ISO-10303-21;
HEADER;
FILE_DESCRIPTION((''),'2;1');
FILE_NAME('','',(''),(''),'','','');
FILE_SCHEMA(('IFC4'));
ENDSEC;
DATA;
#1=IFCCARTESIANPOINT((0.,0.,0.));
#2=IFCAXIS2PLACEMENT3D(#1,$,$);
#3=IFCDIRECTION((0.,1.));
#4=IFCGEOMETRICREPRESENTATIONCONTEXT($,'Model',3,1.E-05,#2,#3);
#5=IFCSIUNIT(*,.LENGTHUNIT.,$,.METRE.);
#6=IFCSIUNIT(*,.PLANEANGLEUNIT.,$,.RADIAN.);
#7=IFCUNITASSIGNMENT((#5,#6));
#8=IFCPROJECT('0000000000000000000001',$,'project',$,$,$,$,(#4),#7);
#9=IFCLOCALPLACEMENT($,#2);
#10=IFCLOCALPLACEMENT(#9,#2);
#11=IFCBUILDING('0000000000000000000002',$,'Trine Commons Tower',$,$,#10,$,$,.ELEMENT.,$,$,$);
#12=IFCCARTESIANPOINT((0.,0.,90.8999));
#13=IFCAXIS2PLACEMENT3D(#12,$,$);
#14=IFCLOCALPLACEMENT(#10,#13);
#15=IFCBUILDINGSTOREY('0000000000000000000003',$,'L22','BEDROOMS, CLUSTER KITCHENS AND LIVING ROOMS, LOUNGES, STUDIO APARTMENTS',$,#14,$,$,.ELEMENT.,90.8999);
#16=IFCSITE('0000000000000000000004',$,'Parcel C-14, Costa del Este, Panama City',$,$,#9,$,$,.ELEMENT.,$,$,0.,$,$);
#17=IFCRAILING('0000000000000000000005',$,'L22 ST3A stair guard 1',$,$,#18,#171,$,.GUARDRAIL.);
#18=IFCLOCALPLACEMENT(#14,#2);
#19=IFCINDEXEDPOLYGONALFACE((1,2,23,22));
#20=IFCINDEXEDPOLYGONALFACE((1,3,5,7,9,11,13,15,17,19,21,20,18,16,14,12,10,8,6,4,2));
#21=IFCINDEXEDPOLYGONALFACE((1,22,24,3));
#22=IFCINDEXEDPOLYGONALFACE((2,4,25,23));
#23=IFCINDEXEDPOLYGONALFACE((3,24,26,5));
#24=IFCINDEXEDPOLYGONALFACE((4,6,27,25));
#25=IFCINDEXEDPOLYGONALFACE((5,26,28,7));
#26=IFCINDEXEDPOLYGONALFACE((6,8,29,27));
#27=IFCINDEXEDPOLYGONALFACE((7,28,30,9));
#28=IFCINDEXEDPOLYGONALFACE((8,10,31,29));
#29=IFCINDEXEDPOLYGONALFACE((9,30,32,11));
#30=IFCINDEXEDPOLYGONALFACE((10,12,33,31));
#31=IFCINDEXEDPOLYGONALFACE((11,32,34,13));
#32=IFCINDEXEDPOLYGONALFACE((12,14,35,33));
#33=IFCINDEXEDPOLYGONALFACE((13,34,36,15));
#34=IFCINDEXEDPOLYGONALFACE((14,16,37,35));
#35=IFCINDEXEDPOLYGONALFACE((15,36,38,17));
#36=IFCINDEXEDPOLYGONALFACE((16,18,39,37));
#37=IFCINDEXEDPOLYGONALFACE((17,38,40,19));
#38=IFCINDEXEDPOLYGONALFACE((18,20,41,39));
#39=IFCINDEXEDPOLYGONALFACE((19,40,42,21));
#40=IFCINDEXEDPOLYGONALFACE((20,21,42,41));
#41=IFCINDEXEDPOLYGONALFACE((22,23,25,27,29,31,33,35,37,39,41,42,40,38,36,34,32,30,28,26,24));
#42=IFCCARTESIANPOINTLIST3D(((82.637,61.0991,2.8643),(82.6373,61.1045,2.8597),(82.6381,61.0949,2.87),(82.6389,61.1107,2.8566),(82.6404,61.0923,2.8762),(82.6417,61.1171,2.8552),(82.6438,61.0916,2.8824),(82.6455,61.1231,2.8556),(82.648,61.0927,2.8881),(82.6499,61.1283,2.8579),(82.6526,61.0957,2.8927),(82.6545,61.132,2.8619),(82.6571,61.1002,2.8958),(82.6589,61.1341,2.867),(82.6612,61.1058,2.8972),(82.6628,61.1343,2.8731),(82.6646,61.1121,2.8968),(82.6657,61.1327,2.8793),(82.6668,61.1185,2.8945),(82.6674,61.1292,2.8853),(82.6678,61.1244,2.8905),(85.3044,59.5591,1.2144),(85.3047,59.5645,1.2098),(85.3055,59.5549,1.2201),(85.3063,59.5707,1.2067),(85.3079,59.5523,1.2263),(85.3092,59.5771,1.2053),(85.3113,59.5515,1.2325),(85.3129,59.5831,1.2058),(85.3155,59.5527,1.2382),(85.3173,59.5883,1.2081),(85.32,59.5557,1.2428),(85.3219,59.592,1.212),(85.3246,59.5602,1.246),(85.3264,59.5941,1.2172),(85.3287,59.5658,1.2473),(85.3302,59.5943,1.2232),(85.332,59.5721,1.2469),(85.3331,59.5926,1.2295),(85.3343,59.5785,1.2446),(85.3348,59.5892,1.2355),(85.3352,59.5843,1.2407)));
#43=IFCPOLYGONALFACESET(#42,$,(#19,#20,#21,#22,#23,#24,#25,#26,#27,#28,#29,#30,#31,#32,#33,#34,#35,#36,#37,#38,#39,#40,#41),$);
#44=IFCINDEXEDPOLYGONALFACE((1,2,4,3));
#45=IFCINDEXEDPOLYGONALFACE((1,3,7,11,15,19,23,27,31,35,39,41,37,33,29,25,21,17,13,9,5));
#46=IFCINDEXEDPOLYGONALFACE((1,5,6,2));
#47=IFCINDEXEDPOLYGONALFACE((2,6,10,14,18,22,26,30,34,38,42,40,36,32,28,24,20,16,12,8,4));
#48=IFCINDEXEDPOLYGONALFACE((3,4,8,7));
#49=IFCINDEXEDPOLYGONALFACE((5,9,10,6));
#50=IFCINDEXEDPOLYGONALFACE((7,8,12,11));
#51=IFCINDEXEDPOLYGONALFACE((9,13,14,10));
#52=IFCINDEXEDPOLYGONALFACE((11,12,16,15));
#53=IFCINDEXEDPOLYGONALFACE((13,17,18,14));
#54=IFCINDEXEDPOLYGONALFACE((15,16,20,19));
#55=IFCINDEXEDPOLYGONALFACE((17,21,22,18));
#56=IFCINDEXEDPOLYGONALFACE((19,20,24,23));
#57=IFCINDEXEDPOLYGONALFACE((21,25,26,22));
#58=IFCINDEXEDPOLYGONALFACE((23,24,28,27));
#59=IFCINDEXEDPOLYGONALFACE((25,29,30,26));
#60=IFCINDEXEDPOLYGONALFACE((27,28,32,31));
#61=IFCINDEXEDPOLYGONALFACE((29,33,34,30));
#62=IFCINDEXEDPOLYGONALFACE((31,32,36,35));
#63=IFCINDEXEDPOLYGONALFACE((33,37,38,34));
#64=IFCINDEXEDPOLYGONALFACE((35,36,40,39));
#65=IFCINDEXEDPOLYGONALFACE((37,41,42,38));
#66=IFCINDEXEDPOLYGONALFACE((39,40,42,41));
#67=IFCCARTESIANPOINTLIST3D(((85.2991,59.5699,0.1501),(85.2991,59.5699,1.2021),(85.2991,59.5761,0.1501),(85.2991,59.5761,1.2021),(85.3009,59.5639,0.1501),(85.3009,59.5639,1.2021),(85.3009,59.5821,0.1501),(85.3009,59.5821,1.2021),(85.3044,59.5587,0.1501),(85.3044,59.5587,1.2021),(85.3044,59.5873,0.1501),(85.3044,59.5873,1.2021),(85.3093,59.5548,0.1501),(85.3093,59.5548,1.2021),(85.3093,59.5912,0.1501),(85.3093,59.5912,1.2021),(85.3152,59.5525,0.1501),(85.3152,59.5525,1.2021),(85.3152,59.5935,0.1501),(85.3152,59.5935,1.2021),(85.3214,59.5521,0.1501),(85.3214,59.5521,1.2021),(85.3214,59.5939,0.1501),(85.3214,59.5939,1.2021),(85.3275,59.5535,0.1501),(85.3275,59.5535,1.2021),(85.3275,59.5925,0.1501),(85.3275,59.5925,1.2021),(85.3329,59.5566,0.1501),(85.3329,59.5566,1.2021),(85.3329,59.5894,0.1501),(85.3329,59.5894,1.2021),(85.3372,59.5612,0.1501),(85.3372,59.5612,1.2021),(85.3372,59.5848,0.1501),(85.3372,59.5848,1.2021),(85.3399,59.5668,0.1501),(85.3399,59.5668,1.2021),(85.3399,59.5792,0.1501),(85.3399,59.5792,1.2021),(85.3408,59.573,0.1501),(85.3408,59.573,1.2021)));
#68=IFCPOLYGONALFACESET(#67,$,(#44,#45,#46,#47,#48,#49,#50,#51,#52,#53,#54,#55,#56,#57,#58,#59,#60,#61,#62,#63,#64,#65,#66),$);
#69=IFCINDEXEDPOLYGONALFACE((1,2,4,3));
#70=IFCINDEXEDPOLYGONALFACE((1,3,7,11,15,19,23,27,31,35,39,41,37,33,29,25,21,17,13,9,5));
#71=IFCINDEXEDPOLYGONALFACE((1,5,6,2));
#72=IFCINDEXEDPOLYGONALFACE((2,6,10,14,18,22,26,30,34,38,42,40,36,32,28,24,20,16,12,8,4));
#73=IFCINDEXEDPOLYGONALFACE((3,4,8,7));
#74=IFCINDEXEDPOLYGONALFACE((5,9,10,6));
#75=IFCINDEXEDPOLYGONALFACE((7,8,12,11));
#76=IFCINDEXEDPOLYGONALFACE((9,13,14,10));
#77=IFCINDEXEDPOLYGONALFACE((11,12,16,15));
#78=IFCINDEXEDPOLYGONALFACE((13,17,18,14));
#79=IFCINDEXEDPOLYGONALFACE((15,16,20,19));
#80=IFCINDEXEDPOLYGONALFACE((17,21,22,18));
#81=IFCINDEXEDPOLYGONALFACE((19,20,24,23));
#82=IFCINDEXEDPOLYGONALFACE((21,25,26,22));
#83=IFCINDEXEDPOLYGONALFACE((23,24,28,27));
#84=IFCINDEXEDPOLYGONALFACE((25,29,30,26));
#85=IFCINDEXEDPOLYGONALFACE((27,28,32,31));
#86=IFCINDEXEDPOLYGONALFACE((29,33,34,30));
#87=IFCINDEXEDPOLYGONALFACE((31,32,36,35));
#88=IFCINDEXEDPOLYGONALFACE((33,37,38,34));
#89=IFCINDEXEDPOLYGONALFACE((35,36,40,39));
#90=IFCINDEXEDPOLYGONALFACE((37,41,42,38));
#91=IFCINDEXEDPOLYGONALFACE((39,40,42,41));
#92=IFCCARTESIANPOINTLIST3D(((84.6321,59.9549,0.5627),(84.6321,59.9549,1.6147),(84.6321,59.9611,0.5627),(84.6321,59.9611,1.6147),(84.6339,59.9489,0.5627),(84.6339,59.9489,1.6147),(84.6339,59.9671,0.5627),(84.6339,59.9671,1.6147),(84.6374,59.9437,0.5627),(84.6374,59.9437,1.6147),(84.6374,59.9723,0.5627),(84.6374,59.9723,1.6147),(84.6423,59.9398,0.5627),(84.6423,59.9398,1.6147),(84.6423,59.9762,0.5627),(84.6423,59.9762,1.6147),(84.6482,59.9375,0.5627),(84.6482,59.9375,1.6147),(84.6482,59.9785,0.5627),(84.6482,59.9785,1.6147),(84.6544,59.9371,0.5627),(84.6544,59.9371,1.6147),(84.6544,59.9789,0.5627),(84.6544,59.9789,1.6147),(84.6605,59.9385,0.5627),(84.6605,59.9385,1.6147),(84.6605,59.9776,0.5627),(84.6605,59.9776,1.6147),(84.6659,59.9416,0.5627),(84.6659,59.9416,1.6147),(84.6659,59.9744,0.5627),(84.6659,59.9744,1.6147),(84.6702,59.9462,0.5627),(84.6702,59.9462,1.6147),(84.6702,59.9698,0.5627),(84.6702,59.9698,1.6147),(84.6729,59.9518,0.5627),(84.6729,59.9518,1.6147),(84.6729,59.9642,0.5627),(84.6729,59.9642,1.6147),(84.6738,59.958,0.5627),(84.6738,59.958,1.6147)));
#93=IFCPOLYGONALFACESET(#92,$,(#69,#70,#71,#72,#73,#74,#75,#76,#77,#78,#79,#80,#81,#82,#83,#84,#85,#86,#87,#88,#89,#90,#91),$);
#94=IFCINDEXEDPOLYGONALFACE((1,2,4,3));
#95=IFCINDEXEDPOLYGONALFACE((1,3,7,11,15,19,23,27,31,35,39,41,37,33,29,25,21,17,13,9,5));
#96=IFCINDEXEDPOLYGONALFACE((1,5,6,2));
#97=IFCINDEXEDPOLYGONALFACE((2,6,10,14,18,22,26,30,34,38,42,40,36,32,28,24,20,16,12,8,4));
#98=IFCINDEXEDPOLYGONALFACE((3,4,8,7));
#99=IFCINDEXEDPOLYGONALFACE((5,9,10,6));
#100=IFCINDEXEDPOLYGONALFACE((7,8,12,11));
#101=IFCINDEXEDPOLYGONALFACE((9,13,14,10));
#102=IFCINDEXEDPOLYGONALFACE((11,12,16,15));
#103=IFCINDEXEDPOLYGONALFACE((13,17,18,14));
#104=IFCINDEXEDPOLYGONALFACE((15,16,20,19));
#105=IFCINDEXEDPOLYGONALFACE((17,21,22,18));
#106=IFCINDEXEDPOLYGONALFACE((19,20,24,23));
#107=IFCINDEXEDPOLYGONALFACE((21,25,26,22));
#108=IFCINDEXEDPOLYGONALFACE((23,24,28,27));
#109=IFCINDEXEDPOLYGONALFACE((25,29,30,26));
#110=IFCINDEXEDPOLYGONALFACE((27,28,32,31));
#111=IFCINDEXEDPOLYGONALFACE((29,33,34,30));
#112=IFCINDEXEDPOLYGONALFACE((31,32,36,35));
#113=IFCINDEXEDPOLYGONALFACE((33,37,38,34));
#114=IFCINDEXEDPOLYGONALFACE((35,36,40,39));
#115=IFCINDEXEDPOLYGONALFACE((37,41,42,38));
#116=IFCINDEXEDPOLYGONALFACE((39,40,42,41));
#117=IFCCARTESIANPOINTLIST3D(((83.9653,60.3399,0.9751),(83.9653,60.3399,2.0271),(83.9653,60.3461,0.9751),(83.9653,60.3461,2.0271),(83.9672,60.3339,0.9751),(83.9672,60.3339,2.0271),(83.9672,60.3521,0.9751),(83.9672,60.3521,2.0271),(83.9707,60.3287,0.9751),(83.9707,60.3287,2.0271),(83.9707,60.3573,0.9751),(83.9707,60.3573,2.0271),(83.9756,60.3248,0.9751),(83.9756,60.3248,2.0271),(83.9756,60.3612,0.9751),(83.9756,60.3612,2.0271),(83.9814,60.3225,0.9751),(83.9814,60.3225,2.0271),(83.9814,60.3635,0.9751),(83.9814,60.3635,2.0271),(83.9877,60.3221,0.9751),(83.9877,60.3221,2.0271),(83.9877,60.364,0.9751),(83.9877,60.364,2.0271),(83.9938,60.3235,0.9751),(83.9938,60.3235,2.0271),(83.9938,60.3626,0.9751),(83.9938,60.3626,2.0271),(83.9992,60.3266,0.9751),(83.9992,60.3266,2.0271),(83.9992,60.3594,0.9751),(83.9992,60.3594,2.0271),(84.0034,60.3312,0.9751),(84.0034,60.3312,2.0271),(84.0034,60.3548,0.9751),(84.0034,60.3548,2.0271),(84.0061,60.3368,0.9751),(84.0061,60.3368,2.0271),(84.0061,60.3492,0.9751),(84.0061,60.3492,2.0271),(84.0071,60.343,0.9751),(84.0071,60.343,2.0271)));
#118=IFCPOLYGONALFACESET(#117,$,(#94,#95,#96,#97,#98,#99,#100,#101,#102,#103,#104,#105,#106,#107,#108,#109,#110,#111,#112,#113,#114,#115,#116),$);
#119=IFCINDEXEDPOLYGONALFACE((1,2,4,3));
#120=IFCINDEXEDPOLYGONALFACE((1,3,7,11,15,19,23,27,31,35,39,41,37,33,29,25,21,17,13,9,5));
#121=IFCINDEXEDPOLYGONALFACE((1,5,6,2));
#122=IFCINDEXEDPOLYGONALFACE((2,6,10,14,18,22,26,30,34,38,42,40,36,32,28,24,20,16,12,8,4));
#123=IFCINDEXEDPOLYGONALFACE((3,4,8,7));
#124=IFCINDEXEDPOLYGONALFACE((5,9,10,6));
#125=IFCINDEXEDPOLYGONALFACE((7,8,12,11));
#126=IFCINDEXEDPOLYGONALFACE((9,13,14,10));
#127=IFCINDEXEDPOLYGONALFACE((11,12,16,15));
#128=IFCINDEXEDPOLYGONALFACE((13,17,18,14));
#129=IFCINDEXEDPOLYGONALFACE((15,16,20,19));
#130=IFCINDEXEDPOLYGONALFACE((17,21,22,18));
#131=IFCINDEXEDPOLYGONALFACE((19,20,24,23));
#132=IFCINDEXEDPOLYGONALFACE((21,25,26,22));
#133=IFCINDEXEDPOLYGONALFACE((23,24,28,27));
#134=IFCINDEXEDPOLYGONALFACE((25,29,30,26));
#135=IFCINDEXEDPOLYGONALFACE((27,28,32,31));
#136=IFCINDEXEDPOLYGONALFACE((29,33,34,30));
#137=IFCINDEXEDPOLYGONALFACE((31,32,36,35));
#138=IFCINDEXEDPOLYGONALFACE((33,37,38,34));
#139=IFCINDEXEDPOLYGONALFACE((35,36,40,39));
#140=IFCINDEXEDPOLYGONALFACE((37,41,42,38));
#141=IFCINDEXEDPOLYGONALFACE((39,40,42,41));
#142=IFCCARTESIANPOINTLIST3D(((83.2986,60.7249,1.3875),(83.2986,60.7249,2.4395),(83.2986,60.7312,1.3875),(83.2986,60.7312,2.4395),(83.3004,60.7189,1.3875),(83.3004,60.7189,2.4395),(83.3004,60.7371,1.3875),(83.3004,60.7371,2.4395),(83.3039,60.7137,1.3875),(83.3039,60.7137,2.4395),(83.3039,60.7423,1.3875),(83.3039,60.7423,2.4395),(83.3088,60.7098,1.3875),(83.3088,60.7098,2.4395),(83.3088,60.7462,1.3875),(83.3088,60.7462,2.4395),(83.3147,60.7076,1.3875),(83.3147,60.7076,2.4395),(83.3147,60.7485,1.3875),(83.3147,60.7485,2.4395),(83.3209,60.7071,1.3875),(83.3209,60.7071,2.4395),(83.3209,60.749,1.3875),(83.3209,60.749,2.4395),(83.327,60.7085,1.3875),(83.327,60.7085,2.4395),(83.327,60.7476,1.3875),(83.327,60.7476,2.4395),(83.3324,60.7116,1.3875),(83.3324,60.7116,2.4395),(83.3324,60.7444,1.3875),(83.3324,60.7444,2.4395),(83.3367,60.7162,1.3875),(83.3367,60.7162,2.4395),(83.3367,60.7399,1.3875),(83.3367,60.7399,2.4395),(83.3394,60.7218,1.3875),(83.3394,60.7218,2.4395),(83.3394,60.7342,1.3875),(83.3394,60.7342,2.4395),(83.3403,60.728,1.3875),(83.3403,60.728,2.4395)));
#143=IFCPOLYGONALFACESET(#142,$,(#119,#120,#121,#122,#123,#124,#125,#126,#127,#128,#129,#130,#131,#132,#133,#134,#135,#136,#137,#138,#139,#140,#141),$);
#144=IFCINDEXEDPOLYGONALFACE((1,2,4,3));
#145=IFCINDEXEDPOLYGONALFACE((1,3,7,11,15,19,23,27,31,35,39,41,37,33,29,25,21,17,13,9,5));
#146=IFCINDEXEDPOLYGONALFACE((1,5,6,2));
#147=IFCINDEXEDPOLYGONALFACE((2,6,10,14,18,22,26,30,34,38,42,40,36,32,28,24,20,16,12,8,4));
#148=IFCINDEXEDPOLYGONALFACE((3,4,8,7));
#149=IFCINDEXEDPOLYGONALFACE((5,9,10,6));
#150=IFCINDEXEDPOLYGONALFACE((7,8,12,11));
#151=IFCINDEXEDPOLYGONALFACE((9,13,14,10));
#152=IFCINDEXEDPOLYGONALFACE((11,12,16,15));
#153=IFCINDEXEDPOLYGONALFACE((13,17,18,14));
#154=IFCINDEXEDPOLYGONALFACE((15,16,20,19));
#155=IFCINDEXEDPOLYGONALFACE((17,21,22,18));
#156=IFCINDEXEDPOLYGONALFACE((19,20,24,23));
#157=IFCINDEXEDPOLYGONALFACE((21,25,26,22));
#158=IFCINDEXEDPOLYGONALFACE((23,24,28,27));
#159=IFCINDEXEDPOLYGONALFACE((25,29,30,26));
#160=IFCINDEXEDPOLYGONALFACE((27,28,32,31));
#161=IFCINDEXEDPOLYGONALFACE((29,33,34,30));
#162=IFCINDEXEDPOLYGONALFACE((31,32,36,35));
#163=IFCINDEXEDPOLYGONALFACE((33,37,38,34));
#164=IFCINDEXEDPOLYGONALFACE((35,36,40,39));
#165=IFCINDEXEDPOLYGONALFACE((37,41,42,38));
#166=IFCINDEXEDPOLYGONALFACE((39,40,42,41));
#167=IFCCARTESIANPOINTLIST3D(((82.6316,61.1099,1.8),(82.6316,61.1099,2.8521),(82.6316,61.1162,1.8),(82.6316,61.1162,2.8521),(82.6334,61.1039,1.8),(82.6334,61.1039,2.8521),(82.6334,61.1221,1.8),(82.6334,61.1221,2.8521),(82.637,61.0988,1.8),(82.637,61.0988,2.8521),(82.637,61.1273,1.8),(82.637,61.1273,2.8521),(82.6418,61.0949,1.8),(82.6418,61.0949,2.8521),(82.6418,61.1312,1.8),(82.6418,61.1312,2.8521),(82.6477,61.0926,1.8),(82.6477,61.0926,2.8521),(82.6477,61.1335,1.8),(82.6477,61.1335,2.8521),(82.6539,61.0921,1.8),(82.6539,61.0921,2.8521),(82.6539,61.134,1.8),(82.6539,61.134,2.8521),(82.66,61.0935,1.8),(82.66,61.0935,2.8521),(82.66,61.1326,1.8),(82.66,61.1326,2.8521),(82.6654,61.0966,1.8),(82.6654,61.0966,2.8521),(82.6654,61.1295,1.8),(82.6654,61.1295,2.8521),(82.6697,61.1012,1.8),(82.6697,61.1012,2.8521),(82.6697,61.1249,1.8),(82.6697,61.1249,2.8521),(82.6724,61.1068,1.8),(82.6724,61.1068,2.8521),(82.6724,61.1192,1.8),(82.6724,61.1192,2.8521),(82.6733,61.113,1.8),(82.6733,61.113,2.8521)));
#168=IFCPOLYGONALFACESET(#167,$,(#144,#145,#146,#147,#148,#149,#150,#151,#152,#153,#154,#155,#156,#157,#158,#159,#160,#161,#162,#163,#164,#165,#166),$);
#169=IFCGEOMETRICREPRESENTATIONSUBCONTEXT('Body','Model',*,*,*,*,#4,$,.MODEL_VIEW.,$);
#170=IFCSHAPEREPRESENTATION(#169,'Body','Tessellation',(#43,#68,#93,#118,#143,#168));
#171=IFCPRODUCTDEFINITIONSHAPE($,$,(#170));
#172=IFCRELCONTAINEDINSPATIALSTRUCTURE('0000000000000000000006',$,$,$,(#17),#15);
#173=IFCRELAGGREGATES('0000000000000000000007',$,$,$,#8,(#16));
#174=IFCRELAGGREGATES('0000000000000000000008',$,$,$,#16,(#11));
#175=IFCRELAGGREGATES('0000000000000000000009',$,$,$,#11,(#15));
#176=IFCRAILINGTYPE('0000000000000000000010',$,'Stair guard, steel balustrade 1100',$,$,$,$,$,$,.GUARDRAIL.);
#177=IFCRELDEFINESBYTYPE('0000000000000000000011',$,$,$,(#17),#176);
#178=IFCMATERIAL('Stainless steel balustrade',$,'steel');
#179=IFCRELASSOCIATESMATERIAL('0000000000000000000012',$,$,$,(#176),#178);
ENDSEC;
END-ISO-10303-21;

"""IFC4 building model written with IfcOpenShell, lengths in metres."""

from ifc_helpers import new_model, si_unit, direction, frame, origin, origin_2d, place, context, subcontext, project, spatial, circle, extrude, material, type_object, element, save


model = new_model("IFC4")

# Units and contexts
model_context = context("Model", 3, precision=1e-05, world=origin(), true_north=direction((0.0, 1.0)))
body_context = subcontext(model_context, "Body", "Model", "MODEL_VIEW")
ifc_project = project(units=[si_unit("LENGTHUNIT", "METRE"), si_unit("PLANEANGLEUNIT", "RADIAN")], contexts=[model_context])

# Site, building, storey
site_placement = place(None, origin())
site = spatial("IfcSite", under=ifc_project, at=site_placement, Name="Parcel C-14, Costa del Este, Panama City", CompositionType="ELEMENT", RefElevation=0.0)
building_placement = place(site_placement, origin())
building = spatial("IfcBuilding", under=site, at=building_placement, Name="Trine Commons Tower", CompositionType="ELEMENT")
storey_placement = place(building_placement, frame((0.0, 0.0, 90.8999)))
storey = spatial("IfcBuildingStorey", under=building, at=storey_placement, Name="L22", Description="BEDROOMS, CLUSTER KITCHENS AND LIVING ROOMS, LOUNGES, STUDIO APARTMENTS", CompositionType="ELEMENT", Elevation=90.8999)

# Railing
ifc_material_1 = material(Name="Stainless steel balustrade", Category="steel")
railing_type_1 = type_object("IfcRailingType", Name="Stair guard, steel balustrade 1100", PredefinedType="GUARDRAIL", material=ifc_material_1)
railing_1_placement = place(storey_placement, frame((85.3198, 59.573, 0.1501)))
element("IfcRailing", 1, at=railing_1_placement, inside=storey, type_object=railing_type_1, Name="L22 ST3A stair guard 1", PredefinedType="GUARDRAIL", context=body_context, shape_type="SweptSolid", body=[
    extrude(circle(Radius=0.0239, at=origin_2d()), frame((0.0, 0.0, 1.0762), z_axis=(-0.763405, 0.440743, 0.472185), x_axis=(-0.499992, -0.86603, 0.0)), (0.0, 0.0, 1.0), 3.4941),
    extrude(circle(Radius=0.021, at=origin_2d()), origin(), (0.0, 0.0, 1.0), 1.052),
    extrude(circle(Radius=0.021, at=origin_2d()), frame((-0.667, 0.385, 0.4126)), (0.0, 0.0, 1.0), 1.052),
    extrude(circle(Radius=0.021, at=origin_2d()), frame((-1.3337, 0.77, 0.825)), (0.0, 0.0, 1.0), 1.052),
    extrude(circle(Radius=0.021, at=origin_2d()), frame((-2.0005, 1.155, 1.2373)), (0.0, 0.0, 1.0), 1.052),
    extrude(circle(Radius=0.021, at=origin_2d()), frame((-2.6675, 1.54, 1.6499)), (0.0, 0.0, 1.0), 1.052),
])

save(model, "model.ifc")
